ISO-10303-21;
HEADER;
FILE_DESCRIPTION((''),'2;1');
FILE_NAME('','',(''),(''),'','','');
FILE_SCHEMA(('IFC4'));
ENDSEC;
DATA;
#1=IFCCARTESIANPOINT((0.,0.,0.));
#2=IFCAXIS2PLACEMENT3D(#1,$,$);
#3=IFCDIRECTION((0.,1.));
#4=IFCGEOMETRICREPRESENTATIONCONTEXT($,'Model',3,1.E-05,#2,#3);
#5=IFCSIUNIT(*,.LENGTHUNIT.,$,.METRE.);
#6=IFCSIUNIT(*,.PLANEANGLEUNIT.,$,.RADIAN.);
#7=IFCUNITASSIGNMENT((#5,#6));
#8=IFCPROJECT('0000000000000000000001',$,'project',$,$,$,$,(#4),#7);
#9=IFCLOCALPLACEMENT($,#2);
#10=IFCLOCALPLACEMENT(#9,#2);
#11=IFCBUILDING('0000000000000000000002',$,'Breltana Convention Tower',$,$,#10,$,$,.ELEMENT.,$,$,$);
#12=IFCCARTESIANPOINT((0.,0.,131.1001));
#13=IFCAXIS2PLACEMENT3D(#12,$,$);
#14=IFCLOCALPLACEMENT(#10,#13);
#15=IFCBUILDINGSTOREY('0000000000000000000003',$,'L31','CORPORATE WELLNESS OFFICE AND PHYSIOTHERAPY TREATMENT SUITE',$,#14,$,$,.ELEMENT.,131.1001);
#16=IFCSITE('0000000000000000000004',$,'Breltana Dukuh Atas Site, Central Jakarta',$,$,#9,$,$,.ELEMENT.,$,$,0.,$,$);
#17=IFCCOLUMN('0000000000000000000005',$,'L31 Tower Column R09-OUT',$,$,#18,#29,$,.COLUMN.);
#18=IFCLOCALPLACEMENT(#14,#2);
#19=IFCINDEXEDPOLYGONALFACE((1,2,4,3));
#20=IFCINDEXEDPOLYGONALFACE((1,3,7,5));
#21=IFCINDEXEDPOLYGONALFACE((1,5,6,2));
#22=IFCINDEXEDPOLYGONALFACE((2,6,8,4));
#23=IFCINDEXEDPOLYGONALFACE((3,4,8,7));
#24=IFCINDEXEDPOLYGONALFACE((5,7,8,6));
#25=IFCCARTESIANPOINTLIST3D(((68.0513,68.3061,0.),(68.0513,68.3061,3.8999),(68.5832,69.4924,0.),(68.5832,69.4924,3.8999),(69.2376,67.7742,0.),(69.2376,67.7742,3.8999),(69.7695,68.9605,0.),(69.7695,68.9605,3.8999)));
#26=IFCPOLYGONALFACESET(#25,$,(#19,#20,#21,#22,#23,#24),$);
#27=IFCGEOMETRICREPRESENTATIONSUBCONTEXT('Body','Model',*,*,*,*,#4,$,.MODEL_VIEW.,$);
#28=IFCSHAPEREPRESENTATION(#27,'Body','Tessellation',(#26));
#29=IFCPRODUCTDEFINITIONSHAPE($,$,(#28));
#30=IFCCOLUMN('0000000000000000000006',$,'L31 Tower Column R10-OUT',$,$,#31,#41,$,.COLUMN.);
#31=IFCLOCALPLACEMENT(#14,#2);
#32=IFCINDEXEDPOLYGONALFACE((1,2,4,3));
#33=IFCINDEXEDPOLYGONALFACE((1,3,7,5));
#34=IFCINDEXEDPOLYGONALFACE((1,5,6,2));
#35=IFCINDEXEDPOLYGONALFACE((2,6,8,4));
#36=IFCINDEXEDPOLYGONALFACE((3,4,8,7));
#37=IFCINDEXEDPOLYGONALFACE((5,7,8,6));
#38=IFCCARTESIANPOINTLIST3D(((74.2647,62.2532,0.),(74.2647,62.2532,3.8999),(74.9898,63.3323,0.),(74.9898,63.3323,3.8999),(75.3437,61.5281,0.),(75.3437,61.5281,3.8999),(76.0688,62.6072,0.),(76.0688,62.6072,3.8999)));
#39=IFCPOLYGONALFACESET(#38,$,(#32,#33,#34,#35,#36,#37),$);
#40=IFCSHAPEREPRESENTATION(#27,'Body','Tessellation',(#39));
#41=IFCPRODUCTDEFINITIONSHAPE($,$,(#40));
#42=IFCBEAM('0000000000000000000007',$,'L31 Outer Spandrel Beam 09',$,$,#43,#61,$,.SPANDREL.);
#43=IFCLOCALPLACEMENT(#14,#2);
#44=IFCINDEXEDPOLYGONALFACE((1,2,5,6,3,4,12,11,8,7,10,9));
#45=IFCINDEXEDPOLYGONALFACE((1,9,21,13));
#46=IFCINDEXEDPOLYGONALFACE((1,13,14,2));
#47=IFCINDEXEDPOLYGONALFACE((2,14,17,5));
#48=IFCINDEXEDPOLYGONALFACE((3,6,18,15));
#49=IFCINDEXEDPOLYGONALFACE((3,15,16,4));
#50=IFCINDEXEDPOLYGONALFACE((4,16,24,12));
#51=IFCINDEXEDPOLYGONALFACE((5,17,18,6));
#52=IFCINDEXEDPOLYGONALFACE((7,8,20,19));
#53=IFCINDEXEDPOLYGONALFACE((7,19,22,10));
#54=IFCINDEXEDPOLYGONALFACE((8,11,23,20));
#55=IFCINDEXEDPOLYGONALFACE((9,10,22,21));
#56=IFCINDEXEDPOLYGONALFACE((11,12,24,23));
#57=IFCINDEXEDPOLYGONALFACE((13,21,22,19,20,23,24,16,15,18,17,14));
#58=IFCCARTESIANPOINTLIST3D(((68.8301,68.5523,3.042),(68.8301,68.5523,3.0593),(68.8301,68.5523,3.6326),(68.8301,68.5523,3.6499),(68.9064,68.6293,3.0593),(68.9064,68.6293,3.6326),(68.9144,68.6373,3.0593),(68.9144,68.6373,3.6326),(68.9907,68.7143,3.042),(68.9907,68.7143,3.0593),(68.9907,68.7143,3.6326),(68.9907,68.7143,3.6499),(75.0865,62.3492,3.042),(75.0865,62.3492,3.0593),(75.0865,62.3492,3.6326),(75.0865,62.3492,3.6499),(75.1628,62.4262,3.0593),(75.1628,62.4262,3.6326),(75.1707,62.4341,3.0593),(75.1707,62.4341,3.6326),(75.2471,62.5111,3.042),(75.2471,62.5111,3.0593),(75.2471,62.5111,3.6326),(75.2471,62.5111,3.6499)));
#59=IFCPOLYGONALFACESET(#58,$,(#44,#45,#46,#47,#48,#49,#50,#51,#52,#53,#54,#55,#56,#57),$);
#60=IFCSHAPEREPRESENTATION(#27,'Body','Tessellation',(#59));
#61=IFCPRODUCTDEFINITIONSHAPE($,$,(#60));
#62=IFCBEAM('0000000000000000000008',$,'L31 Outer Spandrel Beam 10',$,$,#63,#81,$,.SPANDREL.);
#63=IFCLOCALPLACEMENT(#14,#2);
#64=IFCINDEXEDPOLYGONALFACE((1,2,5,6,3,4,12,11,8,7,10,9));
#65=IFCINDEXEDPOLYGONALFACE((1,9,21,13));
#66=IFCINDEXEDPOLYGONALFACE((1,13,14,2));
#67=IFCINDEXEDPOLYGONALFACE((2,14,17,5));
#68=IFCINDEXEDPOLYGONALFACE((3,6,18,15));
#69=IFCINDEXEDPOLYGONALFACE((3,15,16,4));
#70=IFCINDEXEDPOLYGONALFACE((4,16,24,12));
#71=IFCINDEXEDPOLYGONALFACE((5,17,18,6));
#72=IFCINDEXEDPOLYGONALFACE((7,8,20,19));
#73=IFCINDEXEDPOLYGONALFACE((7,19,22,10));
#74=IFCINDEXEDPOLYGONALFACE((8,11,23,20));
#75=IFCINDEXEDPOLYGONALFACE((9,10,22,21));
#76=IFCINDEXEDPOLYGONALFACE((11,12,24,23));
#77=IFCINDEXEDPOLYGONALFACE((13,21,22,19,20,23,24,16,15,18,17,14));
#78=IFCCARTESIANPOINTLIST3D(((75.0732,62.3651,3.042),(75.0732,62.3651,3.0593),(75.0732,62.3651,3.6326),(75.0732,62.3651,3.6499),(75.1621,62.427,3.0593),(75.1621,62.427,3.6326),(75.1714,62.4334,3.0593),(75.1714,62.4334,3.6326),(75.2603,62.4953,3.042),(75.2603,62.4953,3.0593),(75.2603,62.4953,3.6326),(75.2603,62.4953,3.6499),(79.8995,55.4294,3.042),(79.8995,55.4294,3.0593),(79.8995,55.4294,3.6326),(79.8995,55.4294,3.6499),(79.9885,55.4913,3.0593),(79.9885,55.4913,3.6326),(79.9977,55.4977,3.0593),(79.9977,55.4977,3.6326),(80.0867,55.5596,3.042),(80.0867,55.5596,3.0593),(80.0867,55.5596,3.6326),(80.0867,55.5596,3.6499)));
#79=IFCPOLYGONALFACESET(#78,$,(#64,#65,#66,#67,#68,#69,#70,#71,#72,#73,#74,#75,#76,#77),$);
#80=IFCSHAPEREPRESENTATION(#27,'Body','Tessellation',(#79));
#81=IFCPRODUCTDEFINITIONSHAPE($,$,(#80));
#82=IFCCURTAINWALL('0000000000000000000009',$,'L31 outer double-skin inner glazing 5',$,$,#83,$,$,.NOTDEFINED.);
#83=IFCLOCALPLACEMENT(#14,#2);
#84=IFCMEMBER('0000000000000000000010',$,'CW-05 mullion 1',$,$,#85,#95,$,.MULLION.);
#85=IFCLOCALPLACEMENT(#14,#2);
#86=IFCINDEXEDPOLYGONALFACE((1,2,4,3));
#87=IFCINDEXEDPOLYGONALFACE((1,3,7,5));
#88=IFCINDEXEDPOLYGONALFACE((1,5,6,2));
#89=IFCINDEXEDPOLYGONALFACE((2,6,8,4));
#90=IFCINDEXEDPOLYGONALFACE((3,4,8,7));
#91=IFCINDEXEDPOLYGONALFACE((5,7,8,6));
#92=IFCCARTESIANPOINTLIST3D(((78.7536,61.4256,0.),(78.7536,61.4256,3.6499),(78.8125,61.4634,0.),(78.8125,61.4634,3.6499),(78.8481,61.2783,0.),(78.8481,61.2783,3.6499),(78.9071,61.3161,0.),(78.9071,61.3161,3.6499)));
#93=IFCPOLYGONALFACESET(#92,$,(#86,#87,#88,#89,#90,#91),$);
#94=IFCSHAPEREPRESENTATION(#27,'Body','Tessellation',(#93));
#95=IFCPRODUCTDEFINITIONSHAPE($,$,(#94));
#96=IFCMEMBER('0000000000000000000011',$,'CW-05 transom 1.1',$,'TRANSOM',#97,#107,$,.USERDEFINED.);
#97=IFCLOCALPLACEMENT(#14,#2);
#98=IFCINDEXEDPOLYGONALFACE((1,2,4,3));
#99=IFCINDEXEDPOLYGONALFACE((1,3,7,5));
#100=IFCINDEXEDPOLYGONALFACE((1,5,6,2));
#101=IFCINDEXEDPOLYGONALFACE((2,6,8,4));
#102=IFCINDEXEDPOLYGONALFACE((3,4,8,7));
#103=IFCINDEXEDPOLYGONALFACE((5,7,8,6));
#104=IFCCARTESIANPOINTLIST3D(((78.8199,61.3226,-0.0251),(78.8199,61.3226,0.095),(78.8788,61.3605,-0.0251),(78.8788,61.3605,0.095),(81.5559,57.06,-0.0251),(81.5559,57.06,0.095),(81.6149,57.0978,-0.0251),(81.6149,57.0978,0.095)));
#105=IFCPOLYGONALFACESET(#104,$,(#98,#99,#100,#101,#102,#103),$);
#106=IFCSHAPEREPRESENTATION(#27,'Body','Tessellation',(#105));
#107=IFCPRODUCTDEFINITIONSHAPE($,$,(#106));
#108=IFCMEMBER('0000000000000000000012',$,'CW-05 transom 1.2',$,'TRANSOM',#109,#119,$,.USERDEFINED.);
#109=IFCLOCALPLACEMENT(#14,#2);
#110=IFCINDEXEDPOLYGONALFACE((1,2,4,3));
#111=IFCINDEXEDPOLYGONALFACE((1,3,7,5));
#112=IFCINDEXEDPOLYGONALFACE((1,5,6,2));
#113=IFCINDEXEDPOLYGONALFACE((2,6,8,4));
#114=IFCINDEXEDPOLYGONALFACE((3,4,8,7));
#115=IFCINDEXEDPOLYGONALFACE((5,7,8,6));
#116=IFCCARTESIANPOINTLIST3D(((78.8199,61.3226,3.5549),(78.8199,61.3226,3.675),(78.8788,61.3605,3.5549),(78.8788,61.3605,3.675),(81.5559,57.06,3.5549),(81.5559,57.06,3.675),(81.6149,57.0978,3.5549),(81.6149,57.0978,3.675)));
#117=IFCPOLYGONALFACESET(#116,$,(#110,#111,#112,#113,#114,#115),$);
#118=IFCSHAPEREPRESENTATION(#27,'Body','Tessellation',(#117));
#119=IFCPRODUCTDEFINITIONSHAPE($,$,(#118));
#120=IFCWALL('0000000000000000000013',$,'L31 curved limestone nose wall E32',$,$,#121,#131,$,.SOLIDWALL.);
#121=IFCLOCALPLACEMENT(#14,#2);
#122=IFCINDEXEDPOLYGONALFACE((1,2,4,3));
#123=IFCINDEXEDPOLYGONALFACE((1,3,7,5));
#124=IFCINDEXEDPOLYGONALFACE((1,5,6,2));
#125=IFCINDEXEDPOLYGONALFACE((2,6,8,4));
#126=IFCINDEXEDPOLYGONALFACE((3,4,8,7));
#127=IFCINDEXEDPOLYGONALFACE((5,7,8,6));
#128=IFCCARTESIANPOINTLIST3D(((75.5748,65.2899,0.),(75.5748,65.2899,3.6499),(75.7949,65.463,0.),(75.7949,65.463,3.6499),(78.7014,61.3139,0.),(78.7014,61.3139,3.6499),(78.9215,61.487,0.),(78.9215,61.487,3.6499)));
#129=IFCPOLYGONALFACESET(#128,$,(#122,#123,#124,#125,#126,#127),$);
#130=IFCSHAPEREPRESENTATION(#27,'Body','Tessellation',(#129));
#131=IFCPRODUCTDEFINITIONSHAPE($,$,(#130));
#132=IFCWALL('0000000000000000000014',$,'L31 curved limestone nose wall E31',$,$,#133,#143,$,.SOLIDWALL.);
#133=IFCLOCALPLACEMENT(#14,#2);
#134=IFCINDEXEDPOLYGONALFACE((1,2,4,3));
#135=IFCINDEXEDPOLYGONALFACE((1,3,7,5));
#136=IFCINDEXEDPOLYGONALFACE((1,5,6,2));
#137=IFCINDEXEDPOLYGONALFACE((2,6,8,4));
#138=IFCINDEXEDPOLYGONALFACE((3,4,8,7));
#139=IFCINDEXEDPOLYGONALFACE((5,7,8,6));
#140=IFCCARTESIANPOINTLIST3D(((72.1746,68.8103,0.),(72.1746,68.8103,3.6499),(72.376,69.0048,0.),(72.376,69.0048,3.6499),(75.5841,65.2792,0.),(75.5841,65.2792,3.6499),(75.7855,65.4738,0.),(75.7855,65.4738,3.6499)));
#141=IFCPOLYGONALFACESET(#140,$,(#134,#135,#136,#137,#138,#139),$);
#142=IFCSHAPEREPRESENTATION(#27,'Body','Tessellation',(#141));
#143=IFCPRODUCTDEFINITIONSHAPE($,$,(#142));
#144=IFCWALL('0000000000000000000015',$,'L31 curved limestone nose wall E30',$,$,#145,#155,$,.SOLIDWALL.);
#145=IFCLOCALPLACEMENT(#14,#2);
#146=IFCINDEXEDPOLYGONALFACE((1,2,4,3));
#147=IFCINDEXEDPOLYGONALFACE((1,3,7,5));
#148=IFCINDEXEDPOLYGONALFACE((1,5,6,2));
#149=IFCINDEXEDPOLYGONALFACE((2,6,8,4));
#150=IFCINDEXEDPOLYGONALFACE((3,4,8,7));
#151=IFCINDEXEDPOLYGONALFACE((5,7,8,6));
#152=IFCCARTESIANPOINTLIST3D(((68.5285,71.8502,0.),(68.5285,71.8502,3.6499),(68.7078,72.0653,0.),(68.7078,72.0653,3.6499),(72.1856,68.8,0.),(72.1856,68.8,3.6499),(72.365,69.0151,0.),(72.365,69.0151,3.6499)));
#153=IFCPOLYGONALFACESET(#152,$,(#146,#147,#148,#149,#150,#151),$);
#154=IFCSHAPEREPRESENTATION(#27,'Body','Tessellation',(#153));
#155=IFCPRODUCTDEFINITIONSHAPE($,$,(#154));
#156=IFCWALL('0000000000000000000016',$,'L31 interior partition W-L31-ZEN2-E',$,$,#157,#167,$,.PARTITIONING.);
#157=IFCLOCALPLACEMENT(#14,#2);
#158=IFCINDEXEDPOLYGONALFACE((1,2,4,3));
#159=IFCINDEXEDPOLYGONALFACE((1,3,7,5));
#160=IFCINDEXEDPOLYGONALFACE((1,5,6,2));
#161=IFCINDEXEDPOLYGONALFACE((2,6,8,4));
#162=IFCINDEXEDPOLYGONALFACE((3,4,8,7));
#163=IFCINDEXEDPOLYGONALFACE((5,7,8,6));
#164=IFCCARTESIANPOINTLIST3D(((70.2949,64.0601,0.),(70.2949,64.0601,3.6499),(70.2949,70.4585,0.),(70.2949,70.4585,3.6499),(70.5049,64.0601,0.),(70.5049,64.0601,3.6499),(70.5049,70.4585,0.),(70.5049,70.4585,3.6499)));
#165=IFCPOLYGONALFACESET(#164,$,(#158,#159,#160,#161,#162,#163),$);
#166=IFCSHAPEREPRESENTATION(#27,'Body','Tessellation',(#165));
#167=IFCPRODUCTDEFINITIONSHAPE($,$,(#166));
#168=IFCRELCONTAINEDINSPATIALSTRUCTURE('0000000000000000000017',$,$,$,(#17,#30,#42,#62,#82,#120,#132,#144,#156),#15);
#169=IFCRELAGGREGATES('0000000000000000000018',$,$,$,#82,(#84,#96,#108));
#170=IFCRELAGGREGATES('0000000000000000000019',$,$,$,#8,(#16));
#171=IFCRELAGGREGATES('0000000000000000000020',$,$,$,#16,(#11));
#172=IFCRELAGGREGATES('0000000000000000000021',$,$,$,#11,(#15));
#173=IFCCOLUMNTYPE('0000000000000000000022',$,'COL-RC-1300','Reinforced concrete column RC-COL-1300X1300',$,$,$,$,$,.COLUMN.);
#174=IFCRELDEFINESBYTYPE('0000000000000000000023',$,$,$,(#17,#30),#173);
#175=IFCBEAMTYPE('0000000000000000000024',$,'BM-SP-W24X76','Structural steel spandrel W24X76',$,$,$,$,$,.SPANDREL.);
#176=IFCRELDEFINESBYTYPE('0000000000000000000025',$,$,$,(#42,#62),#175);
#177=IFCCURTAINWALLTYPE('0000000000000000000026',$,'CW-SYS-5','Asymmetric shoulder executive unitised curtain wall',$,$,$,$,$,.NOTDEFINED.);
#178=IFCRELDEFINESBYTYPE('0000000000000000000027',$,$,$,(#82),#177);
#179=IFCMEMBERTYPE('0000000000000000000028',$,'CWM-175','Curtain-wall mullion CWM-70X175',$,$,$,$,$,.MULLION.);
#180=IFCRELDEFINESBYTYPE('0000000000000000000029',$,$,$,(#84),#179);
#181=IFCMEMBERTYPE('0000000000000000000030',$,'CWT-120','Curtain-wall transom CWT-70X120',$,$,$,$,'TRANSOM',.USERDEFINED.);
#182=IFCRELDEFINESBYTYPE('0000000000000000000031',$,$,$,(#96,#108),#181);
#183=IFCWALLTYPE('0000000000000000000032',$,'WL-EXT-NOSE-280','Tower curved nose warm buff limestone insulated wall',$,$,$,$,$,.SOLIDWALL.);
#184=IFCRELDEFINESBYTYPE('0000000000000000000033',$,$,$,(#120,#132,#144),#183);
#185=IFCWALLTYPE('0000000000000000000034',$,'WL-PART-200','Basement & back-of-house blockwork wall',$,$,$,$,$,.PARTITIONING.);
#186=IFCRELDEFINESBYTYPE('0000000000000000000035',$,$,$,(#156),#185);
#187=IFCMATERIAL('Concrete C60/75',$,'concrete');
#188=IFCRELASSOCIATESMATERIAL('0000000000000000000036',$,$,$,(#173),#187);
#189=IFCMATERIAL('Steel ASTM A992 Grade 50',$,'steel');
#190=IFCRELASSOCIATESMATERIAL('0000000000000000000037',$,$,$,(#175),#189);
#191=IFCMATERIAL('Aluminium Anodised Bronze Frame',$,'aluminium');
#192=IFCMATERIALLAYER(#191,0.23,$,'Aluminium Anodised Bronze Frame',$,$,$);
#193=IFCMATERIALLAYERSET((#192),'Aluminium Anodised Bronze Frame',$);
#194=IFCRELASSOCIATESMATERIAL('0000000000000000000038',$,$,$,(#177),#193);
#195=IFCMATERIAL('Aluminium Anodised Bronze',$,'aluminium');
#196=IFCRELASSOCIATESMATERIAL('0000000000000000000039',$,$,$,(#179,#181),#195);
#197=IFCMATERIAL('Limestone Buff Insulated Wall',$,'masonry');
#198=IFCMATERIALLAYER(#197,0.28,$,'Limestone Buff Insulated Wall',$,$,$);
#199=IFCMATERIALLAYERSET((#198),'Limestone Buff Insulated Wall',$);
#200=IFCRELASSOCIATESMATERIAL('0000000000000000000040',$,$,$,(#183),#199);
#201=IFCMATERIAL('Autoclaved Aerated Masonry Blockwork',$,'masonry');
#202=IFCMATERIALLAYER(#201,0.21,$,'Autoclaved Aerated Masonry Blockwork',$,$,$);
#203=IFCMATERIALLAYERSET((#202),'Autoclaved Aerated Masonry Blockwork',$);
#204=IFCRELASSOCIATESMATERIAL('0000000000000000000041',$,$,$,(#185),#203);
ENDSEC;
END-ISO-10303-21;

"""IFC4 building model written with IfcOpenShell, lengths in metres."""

from ifc_helpers import new_model, si_unit, direction, frame, frame_2d, origin, origin_2d, place, context, subcontext, project, spatial, rectangle, i_section, extrude, source, transform, mapped, material, layer, layer_set, material_profile, profile_set, type_object, element, aggregate, save


model = new_model("IFC4")

# Units and contexts
model_context = context("Model", 3, precision=1e-05, world=origin(), true_north=direction((0.0, 1.0)))
body_context = subcontext(model_context, "Body", "Model", "MODEL_VIEW")
ifc_project = project(units=[si_unit("LENGTHUNIT", "METRE"), si_unit("PLANEANGLEUNIT", "RADIAN")], contexts=[model_context])

# Site, building, storey
site_placement = place(None, origin())
site = spatial("IfcSite", under=ifc_project, at=site_placement, Name="Breltana Dukuh Atas Site, Central Jakarta", CompositionType="ELEMENT", RefElevation=0.0)
building_placement = place(site_placement, origin())
building = spatial("IfcBuilding", under=site, at=building_placement, Name="Breltana Convention Tower", CompositionType="ELEMENT")
storey_placement = place(building_placement, frame((0.0, 0.0, 131.1001)))
storey = spatial("IfcBuildingStorey", under=building, at=storey_placement, Name="L31", Description="CORPORATE WELLNESS OFFICE AND PHYSIOTHERAPY TREATMENT SUITE", CompositionType="ELEMENT", Elevation=131.1001)

# Columns
ifc_material_1 = material(Name="Concrete C60/75", Category="concrete")
ifc_material_profile_1 = material_profile(ifc_material_1, rectangle(XDim=1.3, YDim=1.3, at=origin_2d()), Name="RC-COL-1300X1300")
ifc_profile_set_1 = profile_set([ifc_material_profile_1], Name="Concrete C60/75")
column_type = type_object("IfcColumnType", Name="COL-RC-1300", Description="Reinforced concrete column RC-COL-1300X1300", PredefinedType="COLUMN", material=ifc_profile_set_1)
shared_shape_1 = source(origin(), body_context, "Body", "SweptSolid", [
    extrude(rectangle(XDim=1.3, YDim=1.3, at=origin_2d()), origin(), (0.0, 0.0, 1.0), 3.8999),
])
for number, where, z_axis, x_axis, name in (
    (1, (68.9104, 68.6333, 0.0), (0.0, 0.0, 1.0), (0.409127, 0.912477, 0.0), "L31 Tower Column R09-OUT"),
    (2, (75.1667, 62.4302, 0.0), (0.0, 0.0, 1.0), (0.557745, 0.830012, 0.0), "L31 Tower Column R10-OUT"),
):
    element("IfcColumn", number, at=place(storey_placement, frame(where, z_axis=z_axis, x_axis=x_axis)), inside=storey, type_object=column_type, Name=name, PredefinedType="COLUMN", context=body_context, shape_type="MappedRepresentation", body=[
        mapped(shared_shape_1, transform((0.0, 0.0, 0.0), scale=1.0)),
    ])

# Beams
ifc_material_2 = material(Name="Steel ASTM A992 Grade 50", Category="steel")
ifc_material_profile_2 = material_profile(ifc_material_2, i_section(OverallWidth=0.228, OverallDepth=0.6079, WebThickness=0.0112, FlangeThickness=0.0173, at=origin_2d()), Name="W24X76")
ifc_profile_set_2 = profile_set([ifc_material_profile_2], Name="Steel ASTM A992 Grade 50")
beam_type = type_object("IfcBeamType", Name="BM-SP-W24X76", Description="Structural steel spandrel W24X76", PredefinedType="SPANDREL", material=ifc_profile_set_2)
shared_shape_2 = source(origin(), body_context, "Body", "SweptSolid", [
    extrude(i_section(OverallWidth=0.228, OverallDepth=0.6079, WebThickness=0.0112, FlangeThickness=0.0173, at=origin_2d()), origin(), (0.0, 0.0, 1.0), 8.8103),
])
beam_1_placement = place(storey_placement, frame((68.9104, 68.6333, 3.3459), z_axis=(0.710121, -0.70408, 0.0), x_axis=(0.70408, 0.710121, 0.0)))
element("IfcBeam", 3, at=beam_1_placement, inside=storey, type_object=beam_type, Name="L31 Outer Spandrel Beam 09", PredefinedType="SPANDREL", context=body_context, shape_type="MappedRepresentation", body=[
    mapped(shared_shape_2, transform((0.0, 0.0, 0.0), scale=1.0)),
])
shared_shape_3 = source(origin(), body_context, "Body", "SweptSolid", [
    extrude(i_section(OverallWidth=0.228, OverallDepth=0.6079, WebThickness=0.0112, FlangeThickness=0.0173, at=origin_2d()), origin(), (0.0, 0.0, 1.0), 8.4497),
])
beam_2_placement = place(storey_placement, frame((75.1667, 62.4302, 3.3459), z_axis=(0.571186, -0.820821, 0.0), x_axis=(0.820821, 0.571186, 0.0)))
element("IfcBeam", 4, at=beam_2_placement, inside=storey, type_object=beam_type, Name="L31 Outer Spandrel Beam 10", PredefinedType="SPANDREL", context=body_context, shape_type="MappedRepresentation", body=[
    mapped(shared_shape_3, transform((0.0, 0.0, 0.0), scale=1.0)),
])

# Curtain wall, members
ifc_material_3 = material(Name="Aluminium Anodised Bronze Frame", Category="aluminium")
ifc_layer_1 = layer(ifc_material_3, 0.23, Name="Aluminium Anodised Bronze Frame")
ifc_layer_set_1 = layer_set([ifc_layer_1], Name="Aluminium Anodised Bronze Frame")
curtain_wall_type = type_object("IfcCurtainWallType", Name="CW-SYS-5", Description="Asymmetric shoulder executive unitised curtain wall", PredefinedType="NOTDEFINED", material=ifc_layer_set_1)
curtain_wall_placement = place(storey_placement, origin())
curtain_wall = element("IfcCurtainWall", 5, at=curtain_wall_placement, inside=storey, type_object=curtain_wall_type, Name="L31 outer double-skin inner glazing 5", PredefinedType="NOTDEFINED")
ifc_material_4 = material(Name="Aluminium Anodised Bronze", Category="aluminium")
ifc_material_profile_3 = material_profile(ifc_material_4, rectangle(XDim=0.0701, YDim=0.175, at=origin_2d()), Name="CWM-70X175")
ifc_profile_set_3 = profile_set([ifc_material_profile_3], Name="Aluminium Anodised Bronze")
member_type_1 = type_object("IfcMemberType", Name="CWM-175", Description="Curtain-wall mullion CWM-70X175", PredefinedType="MULLION", material=ifc_profile_set_3)
shared_shape_4 = source(origin(), body_context, "Body", "SweptSolid", [
    extrude(rectangle(XDim=0.0701, YDim=0.175, at=origin_2d()), origin(), (0.0, 0.0, 1.0), 3.6499),
])
member_1_placement = place(storey_placement, frame((78.8303, 61.3708, 0.0), z_axis=(0.0, 0.0, 1.0), x_axis=(0.841552, 0.540177, 0.0)))
member_1 = element("IfcMember", 6, at=member_1_placement, type_object=member_type_1, Name="CW-05 mullion 1", PredefinedType="MULLION", context=body_context, shape_type="MappedRepresentation", body=[
    mapped(shared_shape_4, transform((0.0, 0.0, 0.0), scale=1.0)),
])
ifc_material_profile_4 = material_profile(ifc_material_4, rectangle(XDim=0.0701, YDim=0.1201, at=origin_2d()), Name="CWT-70X120")
ifc_profile_set_4 = profile_set([ifc_material_profile_4], Name="Aluminium Anodised Bronze")
member_type_2 = type_object("IfcMemberType", Name="CWT-120", Description="Curtain-wall transom CWT-70X120", ElementType="TRANSOM", PredefinedType="USERDEFINED", material=ifc_profile_set_4)
shared_shape_5 = source(origin(), body_context, "Body", "SweptSolid", [
    extrude(rectangle(XDim=0.0701, YDim=0.1201, at=origin_2d()), origin(), (0.0, 0.0, 1.0), 5.0652),
])
member_2_placement = place(storey_placement, frame((78.8494, 61.3416, 0.0349), z_axis=(0.540168, -0.841557, 0.0), x_axis=(0.841557, 0.540168, 0.0)))
member_2 = element("IfcMember", 7, at=member_2_placement, type_object=member_type_2, Name="CW-05 transom 1.1", ObjectType="TRANSOM", PredefinedType="USERDEFINED", context=body_context, shape_type="MappedRepresentation", body=[
    mapped(shared_shape_5, transform((0.0, 0.0, 0.0), scale=1.0)),
])
member_3_placement = place(storey_placement, frame((78.8494, 61.3416, 3.615), z_axis=(0.540168, -0.841557, 0.0), x_axis=(0.841557, 0.540168, 0.0)))
member_3 = element("IfcMember", 8, at=member_3_placement, type_object=member_type_2, Name="CW-05 transom 1.2", ObjectType="TRANSOM", PredefinedType="USERDEFINED", context=body_context, shape_type="MappedRepresentation", body=[
    mapped(shared_shape_5, transform((0.0, 0.0, 0.0), scale=1.0)),
])
aggregate(curtain_wall, [member_1, member_2, member_3])

# Walls
ifc_material_5 = material(Name="Limestone Buff Insulated Wall", Category="masonry")
ifc_layer_2 = layer(ifc_material_5, 0.28, Name="Limestone Buff Insulated Wall")
ifc_layer_set_2 = layer_set([ifc_layer_2], Name="Limestone Buff Insulated Wall")
wall_type_1 = type_object("IfcWallType", Name="WL-EXT-NOSE-280", Description="Tower curved nose warm buff limestone insulated wall", PredefinedType="SOLIDWALL", material=ifc_layer_set_2)
shared_shape_6 = source(origin(), body_context, "Body", "SweptSolid", [
    extrude(rectangle(XDim=5.0581, YDim=0.28, at=frame_2d((2.5291, 0.0))), origin(), (0.0, 0.0, 1.0), 3.6499),
])
wall_1_placement = place(storey_placement, frame((75.6848, 65.3765, 0.0), z_axis=(0.0, 0.0, 1.0), x_axis=(0.618146, -0.786064, 0.0)))
element("IfcWall", 9, at=wall_1_placement, inside=storey, type_object=wall_type_1, Name="L31 curved limestone nose wall E32", PredefinedType="SOLIDWALL", context=body_context, shape_type="MappedRepresentation", body=[
    mapped(shared_shape_6, transform((0.0, 0.0, 0.0), scale=1.0)),
])
shared_shape_7 = source(origin(), body_context, "Body", "SweptSolid", [
    extrude(rectangle(XDim=4.9084, YDim=0.28, at=frame_2d((2.4541, 0.0))), origin(), (0.0, 0.0, 1.0), 3.6499),
])
wall_2_placement = place(storey_placement, frame((72.2754, 68.9075, 0.0), z_axis=(0.0, 0.0, 1.0), x_axis=(0.694613, -0.719383, 0.0)))
element("IfcWall", 10, at=wall_2_placement, inside=storey, type_object=wall_type_1, Name="L31 curved limestone nose wall E31", PredefinedType="SOLIDWALL", context=body_context, shape_type="MappedRepresentation", body=[
    mapped(shared_shape_7, transform((0.0, 0.0, 0.0), scale=1.0)),
])
shared_shape_8 = source(origin(), body_context, "Body", "SweptSolid", [
    extrude(rectangle(XDim=4.7622, YDim=0.28, at=frame_2d((2.3811, 0.0))), origin(), (0.0, 0.0, 1.0), 3.6499),
])
wall_3_placement = place(storey_placement, frame((68.6182, 71.9578, 0.0), z_axis=(0.0, 0.0, 1.0), x_axis=(0.767952, -0.640507, 0.0)))
element("IfcWall", 11, at=wall_3_placement, inside=storey, type_object=wall_type_1, Name="L31 curved limestone nose wall E30", PredefinedType="SOLIDWALL", context=body_context, shape_type="MappedRepresentation", body=[
    mapped(shared_shape_8, transform((0.0, 0.0, 0.0), scale=1.0)),
])
ifc_material_6 = material(Name="Autoclaved Aerated Masonry Blockwork", Category="masonry")
ifc_layer_3 = layer(ifc_material_6, 0.21, Name="Autoclaved Aerated Masonry Blockwork")
ifc_layer_set_3 = layer_set([ifc_layer_3], Name="Autoclaved Aerated Masonry Blockwork")
wall_type_2 = type_object("IfcWallType", Name="WL-PART-200", Description="Basement & back-of-house blockwork wall", PredefinedType="PARTITIONING", material=ifc_layer_set_3)
shared_shape_9 = source(origin(), body_context, "Body", "SweptSolid", [
    extrude(rectangle(XDim=6.3984, YDim=0.21, at=frame_2d((3.1992, 0.0))), origin(), (0.0, 0.0, 1.0), 3.6499),
])
wall_4_placement = place(storey_placement, frame((70.3999, 64.0601, 0.0), z_axis=(0.0, 0.0, 1.0), x_axis=(0.0, 1.0, 0.0)))
element("IfcWall", 12, at=wall_4_placement, inside=storey, type_object=wall_type_2, Name="L31 interior partition W-L31-ZEN2-E", PredefinedType="PARTITIONING", context=body_context, shape_type="MappedRepresentation", body=[
    mapped(shared_shape_9, transform((0.0, 0.0, 0.0), scale=1.0)),
])

save(model, "model.ifc")
